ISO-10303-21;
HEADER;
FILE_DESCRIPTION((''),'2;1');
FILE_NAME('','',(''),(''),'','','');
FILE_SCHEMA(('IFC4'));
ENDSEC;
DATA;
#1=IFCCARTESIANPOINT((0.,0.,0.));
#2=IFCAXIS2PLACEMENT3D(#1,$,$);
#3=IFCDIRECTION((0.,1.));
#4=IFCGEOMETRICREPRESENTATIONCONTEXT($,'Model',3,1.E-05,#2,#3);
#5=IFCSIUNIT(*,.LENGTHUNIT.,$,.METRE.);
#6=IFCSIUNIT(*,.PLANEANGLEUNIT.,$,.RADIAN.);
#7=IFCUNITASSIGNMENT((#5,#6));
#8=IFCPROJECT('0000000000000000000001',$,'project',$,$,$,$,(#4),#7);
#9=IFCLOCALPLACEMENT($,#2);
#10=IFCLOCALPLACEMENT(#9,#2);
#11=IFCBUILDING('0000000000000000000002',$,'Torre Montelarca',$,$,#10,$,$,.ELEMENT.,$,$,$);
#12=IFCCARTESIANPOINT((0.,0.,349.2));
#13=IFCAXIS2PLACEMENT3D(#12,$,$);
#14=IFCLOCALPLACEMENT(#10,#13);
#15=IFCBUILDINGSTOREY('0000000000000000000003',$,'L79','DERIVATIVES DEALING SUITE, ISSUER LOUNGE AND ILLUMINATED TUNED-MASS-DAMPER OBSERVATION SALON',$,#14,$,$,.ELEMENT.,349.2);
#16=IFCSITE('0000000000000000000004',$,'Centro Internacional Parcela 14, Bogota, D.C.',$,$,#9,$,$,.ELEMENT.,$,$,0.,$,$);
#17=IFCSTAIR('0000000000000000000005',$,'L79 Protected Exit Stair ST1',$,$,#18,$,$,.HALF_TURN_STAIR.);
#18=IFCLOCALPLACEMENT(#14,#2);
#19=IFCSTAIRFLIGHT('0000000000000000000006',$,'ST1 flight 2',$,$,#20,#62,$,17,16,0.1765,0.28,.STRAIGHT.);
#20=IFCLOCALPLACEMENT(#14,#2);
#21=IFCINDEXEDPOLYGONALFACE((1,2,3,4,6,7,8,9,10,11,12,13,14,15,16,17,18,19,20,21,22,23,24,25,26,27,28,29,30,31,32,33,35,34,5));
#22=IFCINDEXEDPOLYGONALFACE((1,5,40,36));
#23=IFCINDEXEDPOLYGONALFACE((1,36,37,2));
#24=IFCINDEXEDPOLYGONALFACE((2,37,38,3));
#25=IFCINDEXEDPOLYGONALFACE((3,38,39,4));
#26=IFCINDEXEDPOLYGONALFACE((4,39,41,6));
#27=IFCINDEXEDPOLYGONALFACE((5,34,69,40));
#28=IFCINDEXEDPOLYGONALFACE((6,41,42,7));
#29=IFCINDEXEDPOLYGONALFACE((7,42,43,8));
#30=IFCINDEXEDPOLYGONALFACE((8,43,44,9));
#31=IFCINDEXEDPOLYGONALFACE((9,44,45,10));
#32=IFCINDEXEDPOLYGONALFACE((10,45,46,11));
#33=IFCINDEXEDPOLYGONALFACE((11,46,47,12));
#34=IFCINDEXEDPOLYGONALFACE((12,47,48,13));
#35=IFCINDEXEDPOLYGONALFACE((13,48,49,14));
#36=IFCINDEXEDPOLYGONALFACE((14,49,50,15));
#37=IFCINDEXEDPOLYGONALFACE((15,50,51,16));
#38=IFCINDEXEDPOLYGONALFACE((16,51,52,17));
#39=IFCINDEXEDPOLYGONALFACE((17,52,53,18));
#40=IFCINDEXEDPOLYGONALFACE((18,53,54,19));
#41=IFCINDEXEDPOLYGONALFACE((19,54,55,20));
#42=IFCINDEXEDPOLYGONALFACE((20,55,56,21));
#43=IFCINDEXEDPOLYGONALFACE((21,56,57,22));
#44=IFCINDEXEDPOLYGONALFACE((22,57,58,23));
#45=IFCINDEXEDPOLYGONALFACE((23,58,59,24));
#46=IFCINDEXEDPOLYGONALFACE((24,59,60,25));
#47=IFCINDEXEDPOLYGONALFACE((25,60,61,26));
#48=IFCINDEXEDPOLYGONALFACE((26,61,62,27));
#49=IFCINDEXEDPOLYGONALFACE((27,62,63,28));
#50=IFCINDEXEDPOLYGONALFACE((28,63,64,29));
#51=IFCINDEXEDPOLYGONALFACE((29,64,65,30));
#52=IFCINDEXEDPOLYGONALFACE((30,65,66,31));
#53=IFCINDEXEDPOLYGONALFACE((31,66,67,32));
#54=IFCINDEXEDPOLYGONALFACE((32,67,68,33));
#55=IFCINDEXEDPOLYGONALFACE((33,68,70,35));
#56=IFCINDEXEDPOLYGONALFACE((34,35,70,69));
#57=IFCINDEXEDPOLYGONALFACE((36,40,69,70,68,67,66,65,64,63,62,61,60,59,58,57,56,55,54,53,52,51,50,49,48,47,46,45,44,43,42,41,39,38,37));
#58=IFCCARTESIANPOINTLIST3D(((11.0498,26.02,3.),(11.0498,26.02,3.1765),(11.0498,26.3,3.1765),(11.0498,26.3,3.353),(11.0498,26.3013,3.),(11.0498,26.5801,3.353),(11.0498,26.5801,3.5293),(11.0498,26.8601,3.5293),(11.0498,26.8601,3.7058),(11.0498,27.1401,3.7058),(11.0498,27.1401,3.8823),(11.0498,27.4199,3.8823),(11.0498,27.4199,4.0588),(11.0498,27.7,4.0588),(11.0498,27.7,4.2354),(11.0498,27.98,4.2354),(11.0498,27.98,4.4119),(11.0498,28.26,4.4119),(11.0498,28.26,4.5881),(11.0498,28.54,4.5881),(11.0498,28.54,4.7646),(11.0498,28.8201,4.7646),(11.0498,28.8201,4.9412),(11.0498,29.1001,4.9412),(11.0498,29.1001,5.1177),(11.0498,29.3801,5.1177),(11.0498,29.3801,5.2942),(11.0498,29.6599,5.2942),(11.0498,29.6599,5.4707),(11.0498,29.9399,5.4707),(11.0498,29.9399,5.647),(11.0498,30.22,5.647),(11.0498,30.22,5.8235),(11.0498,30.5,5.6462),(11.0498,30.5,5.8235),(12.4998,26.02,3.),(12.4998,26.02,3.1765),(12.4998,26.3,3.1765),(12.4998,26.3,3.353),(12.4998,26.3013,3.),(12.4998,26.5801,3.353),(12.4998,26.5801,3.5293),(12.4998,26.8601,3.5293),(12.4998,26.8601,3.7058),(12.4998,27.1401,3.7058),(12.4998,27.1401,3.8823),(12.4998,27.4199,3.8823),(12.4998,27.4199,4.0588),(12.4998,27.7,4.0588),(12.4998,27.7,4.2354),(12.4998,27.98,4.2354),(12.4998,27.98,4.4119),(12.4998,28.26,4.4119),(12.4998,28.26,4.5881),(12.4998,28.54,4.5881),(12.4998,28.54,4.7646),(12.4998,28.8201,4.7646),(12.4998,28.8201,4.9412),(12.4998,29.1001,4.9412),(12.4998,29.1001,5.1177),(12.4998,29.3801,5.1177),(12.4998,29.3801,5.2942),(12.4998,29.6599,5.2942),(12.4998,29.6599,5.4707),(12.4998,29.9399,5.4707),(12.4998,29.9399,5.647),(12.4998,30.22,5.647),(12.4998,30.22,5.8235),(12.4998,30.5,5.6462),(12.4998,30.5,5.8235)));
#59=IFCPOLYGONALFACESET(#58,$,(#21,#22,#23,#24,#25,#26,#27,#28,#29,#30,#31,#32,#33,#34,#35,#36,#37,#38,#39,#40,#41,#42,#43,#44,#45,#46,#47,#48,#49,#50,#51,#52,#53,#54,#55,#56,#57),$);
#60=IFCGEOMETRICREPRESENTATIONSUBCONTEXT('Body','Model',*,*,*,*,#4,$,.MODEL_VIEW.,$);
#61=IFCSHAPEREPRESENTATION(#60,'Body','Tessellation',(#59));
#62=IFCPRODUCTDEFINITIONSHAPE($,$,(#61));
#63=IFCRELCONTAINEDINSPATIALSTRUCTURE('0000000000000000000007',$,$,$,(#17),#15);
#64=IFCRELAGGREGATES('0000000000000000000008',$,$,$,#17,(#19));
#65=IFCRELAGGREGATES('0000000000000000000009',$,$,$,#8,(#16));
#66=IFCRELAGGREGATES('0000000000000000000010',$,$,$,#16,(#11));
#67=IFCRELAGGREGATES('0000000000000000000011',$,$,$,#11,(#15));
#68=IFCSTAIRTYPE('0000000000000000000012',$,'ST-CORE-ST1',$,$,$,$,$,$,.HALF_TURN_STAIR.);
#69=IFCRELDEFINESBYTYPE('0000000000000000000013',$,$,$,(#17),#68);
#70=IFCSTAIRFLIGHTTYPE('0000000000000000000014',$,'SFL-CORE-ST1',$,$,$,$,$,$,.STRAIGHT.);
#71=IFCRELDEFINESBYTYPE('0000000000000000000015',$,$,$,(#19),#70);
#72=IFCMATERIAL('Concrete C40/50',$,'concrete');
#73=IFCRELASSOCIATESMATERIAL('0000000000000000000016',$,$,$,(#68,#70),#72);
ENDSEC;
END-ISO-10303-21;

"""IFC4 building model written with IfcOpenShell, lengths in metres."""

from ifc_helpers import new_model, si_unit, direction, frame, origin, place, context, subcontext, project, spatial, polyline, outline, extrude, material, type_object, element, aggregate, save


model = new_model("IFC4")

# Units and contexts
model_context = context("Model", 3, precision=1e-05, world=origin(), true_north=direction((0.0, 1.0)))
body_context = subcontext(model_context, "Body", "Model", "MODEL_VIEW")
ifc_project = project(units=[si_unit("LENGTHUNIT", "METRE"), si_unit("PLANEANGLEUNIT", "RADIAN")], contexts=[model_context])

# Site, building, storey
site_placement = place(None, origin())
site = spatial("IfcSite", under=ifc_project, at=site_placement, Name="Centro Internacional Parcela 14, Bogota, D.C.", CompositionType="ELEMENT", RefElevation=0.0)
building_placement = place(site_placement, origin())
building = spatial("IfcBuilding", under=site, at=building_placement, Name="Torre Montelarca", CompositionType="ELEMENT")
storey_placement = place(building_placement, frame((0.0, 0.0, 349.2)))
storey = spatial("IfcBuildingStorey", under=building, at=storey_placement, Name="L79", Description="DERIVATIVES DEALING SUITE, ISSUER LOUNGE AND ILLUMINATED TUNED-MASS-DAMPER OBSERVATION SALON", CompositionType="ELEMENT", Elevation=349.2)

# Shared definitions
ifc_material_1 = material(Name="Concrete C40/50", Category="concrete")

# Stair, stair flight
stair_type = type_object("IfcStairType", Name="ST-CORE-ST1", PredefinedType="HALF_TURN_STAIR", material=ifc_material_1)
stair_placement = place(storey_placement, origin())
stair = element("IfcStair", 1, at=stair_placement, inside=storey, type_object=stair_type, Name="L79 Protected Exit Stair ST1", PredefinedType="HALF_TURN_STAIR")
stair_flight_type = type_object("IfcStairFlightType", Name="SFL-CORE-ST1", PredefinedType="STRAIGHT", material=ifc_material_1)
stair_flight_1_placement = place(storey_placement, frame((11.7749, 26.02, 3.0), z_axis=(0.0, 0.0, 1.0), x_axis=(0.0, 1.0, 0.0)))
stair_flight_1 = element("IfcStairFlight", 2, at=stair_flight_1_placement, type_object=stair_flight_type, Name="ST1 flight 2", NumberOfRisers=17, NumberOfTreads=16, PredefinedType="STRAIGHT", RiserHeight=0.1765, TreadLength=0.28, context=body_context, shape_type="SweptSolid", body=[
    extrude(outline(polyline([(0.0, 0.0), (0.0, 0.1765), (0.28, 0.1765), (0.28, 0.353), (0.5601, 0.353), (0.5601, 0.5293), (0.8401, 0.5293), (0.8401, 0.7058), (1.1201, 0.7058), (1.1201, 0.8823), (1.3999, 0.8823), (1.3999, 1.0588), (1.6799, 1.0588), (1.6799, 1.2354), (1.96, 1.2354), (1.96, 1.4119), (2.24, 1.4119), (2.24, 1.5881), (2.52, 1.5881), (2.52, 1.7646), (2.8, 1.7646), (2.8, 1.9412), (3.0801, 1.9412), (3.0801, 2.1177), (3.3601, 2.1177), (3.3601, 2.2942), (3.6399, 2.2942), (3.6399, 2.4707), (3.9199, 2.4707), (3.9199, 2.647), (4.2, 2.647), (4.2, 2.8235), (4.48, 2.8235), (4.48, 3.0), (4.48, 2.6462), (0.2812, 0.0), (0.0, 0.0)])), frame((0.0, 0.7251, 0.0), z_axis=(0.0, -1.0, 0.0), x_axis=(1.0, 0.0, 0.0)), (0.0, 0.0, 1.0), 1.45),
])
aggregate(stair, [stair_flight_1])

save(model, "model.ifc")
